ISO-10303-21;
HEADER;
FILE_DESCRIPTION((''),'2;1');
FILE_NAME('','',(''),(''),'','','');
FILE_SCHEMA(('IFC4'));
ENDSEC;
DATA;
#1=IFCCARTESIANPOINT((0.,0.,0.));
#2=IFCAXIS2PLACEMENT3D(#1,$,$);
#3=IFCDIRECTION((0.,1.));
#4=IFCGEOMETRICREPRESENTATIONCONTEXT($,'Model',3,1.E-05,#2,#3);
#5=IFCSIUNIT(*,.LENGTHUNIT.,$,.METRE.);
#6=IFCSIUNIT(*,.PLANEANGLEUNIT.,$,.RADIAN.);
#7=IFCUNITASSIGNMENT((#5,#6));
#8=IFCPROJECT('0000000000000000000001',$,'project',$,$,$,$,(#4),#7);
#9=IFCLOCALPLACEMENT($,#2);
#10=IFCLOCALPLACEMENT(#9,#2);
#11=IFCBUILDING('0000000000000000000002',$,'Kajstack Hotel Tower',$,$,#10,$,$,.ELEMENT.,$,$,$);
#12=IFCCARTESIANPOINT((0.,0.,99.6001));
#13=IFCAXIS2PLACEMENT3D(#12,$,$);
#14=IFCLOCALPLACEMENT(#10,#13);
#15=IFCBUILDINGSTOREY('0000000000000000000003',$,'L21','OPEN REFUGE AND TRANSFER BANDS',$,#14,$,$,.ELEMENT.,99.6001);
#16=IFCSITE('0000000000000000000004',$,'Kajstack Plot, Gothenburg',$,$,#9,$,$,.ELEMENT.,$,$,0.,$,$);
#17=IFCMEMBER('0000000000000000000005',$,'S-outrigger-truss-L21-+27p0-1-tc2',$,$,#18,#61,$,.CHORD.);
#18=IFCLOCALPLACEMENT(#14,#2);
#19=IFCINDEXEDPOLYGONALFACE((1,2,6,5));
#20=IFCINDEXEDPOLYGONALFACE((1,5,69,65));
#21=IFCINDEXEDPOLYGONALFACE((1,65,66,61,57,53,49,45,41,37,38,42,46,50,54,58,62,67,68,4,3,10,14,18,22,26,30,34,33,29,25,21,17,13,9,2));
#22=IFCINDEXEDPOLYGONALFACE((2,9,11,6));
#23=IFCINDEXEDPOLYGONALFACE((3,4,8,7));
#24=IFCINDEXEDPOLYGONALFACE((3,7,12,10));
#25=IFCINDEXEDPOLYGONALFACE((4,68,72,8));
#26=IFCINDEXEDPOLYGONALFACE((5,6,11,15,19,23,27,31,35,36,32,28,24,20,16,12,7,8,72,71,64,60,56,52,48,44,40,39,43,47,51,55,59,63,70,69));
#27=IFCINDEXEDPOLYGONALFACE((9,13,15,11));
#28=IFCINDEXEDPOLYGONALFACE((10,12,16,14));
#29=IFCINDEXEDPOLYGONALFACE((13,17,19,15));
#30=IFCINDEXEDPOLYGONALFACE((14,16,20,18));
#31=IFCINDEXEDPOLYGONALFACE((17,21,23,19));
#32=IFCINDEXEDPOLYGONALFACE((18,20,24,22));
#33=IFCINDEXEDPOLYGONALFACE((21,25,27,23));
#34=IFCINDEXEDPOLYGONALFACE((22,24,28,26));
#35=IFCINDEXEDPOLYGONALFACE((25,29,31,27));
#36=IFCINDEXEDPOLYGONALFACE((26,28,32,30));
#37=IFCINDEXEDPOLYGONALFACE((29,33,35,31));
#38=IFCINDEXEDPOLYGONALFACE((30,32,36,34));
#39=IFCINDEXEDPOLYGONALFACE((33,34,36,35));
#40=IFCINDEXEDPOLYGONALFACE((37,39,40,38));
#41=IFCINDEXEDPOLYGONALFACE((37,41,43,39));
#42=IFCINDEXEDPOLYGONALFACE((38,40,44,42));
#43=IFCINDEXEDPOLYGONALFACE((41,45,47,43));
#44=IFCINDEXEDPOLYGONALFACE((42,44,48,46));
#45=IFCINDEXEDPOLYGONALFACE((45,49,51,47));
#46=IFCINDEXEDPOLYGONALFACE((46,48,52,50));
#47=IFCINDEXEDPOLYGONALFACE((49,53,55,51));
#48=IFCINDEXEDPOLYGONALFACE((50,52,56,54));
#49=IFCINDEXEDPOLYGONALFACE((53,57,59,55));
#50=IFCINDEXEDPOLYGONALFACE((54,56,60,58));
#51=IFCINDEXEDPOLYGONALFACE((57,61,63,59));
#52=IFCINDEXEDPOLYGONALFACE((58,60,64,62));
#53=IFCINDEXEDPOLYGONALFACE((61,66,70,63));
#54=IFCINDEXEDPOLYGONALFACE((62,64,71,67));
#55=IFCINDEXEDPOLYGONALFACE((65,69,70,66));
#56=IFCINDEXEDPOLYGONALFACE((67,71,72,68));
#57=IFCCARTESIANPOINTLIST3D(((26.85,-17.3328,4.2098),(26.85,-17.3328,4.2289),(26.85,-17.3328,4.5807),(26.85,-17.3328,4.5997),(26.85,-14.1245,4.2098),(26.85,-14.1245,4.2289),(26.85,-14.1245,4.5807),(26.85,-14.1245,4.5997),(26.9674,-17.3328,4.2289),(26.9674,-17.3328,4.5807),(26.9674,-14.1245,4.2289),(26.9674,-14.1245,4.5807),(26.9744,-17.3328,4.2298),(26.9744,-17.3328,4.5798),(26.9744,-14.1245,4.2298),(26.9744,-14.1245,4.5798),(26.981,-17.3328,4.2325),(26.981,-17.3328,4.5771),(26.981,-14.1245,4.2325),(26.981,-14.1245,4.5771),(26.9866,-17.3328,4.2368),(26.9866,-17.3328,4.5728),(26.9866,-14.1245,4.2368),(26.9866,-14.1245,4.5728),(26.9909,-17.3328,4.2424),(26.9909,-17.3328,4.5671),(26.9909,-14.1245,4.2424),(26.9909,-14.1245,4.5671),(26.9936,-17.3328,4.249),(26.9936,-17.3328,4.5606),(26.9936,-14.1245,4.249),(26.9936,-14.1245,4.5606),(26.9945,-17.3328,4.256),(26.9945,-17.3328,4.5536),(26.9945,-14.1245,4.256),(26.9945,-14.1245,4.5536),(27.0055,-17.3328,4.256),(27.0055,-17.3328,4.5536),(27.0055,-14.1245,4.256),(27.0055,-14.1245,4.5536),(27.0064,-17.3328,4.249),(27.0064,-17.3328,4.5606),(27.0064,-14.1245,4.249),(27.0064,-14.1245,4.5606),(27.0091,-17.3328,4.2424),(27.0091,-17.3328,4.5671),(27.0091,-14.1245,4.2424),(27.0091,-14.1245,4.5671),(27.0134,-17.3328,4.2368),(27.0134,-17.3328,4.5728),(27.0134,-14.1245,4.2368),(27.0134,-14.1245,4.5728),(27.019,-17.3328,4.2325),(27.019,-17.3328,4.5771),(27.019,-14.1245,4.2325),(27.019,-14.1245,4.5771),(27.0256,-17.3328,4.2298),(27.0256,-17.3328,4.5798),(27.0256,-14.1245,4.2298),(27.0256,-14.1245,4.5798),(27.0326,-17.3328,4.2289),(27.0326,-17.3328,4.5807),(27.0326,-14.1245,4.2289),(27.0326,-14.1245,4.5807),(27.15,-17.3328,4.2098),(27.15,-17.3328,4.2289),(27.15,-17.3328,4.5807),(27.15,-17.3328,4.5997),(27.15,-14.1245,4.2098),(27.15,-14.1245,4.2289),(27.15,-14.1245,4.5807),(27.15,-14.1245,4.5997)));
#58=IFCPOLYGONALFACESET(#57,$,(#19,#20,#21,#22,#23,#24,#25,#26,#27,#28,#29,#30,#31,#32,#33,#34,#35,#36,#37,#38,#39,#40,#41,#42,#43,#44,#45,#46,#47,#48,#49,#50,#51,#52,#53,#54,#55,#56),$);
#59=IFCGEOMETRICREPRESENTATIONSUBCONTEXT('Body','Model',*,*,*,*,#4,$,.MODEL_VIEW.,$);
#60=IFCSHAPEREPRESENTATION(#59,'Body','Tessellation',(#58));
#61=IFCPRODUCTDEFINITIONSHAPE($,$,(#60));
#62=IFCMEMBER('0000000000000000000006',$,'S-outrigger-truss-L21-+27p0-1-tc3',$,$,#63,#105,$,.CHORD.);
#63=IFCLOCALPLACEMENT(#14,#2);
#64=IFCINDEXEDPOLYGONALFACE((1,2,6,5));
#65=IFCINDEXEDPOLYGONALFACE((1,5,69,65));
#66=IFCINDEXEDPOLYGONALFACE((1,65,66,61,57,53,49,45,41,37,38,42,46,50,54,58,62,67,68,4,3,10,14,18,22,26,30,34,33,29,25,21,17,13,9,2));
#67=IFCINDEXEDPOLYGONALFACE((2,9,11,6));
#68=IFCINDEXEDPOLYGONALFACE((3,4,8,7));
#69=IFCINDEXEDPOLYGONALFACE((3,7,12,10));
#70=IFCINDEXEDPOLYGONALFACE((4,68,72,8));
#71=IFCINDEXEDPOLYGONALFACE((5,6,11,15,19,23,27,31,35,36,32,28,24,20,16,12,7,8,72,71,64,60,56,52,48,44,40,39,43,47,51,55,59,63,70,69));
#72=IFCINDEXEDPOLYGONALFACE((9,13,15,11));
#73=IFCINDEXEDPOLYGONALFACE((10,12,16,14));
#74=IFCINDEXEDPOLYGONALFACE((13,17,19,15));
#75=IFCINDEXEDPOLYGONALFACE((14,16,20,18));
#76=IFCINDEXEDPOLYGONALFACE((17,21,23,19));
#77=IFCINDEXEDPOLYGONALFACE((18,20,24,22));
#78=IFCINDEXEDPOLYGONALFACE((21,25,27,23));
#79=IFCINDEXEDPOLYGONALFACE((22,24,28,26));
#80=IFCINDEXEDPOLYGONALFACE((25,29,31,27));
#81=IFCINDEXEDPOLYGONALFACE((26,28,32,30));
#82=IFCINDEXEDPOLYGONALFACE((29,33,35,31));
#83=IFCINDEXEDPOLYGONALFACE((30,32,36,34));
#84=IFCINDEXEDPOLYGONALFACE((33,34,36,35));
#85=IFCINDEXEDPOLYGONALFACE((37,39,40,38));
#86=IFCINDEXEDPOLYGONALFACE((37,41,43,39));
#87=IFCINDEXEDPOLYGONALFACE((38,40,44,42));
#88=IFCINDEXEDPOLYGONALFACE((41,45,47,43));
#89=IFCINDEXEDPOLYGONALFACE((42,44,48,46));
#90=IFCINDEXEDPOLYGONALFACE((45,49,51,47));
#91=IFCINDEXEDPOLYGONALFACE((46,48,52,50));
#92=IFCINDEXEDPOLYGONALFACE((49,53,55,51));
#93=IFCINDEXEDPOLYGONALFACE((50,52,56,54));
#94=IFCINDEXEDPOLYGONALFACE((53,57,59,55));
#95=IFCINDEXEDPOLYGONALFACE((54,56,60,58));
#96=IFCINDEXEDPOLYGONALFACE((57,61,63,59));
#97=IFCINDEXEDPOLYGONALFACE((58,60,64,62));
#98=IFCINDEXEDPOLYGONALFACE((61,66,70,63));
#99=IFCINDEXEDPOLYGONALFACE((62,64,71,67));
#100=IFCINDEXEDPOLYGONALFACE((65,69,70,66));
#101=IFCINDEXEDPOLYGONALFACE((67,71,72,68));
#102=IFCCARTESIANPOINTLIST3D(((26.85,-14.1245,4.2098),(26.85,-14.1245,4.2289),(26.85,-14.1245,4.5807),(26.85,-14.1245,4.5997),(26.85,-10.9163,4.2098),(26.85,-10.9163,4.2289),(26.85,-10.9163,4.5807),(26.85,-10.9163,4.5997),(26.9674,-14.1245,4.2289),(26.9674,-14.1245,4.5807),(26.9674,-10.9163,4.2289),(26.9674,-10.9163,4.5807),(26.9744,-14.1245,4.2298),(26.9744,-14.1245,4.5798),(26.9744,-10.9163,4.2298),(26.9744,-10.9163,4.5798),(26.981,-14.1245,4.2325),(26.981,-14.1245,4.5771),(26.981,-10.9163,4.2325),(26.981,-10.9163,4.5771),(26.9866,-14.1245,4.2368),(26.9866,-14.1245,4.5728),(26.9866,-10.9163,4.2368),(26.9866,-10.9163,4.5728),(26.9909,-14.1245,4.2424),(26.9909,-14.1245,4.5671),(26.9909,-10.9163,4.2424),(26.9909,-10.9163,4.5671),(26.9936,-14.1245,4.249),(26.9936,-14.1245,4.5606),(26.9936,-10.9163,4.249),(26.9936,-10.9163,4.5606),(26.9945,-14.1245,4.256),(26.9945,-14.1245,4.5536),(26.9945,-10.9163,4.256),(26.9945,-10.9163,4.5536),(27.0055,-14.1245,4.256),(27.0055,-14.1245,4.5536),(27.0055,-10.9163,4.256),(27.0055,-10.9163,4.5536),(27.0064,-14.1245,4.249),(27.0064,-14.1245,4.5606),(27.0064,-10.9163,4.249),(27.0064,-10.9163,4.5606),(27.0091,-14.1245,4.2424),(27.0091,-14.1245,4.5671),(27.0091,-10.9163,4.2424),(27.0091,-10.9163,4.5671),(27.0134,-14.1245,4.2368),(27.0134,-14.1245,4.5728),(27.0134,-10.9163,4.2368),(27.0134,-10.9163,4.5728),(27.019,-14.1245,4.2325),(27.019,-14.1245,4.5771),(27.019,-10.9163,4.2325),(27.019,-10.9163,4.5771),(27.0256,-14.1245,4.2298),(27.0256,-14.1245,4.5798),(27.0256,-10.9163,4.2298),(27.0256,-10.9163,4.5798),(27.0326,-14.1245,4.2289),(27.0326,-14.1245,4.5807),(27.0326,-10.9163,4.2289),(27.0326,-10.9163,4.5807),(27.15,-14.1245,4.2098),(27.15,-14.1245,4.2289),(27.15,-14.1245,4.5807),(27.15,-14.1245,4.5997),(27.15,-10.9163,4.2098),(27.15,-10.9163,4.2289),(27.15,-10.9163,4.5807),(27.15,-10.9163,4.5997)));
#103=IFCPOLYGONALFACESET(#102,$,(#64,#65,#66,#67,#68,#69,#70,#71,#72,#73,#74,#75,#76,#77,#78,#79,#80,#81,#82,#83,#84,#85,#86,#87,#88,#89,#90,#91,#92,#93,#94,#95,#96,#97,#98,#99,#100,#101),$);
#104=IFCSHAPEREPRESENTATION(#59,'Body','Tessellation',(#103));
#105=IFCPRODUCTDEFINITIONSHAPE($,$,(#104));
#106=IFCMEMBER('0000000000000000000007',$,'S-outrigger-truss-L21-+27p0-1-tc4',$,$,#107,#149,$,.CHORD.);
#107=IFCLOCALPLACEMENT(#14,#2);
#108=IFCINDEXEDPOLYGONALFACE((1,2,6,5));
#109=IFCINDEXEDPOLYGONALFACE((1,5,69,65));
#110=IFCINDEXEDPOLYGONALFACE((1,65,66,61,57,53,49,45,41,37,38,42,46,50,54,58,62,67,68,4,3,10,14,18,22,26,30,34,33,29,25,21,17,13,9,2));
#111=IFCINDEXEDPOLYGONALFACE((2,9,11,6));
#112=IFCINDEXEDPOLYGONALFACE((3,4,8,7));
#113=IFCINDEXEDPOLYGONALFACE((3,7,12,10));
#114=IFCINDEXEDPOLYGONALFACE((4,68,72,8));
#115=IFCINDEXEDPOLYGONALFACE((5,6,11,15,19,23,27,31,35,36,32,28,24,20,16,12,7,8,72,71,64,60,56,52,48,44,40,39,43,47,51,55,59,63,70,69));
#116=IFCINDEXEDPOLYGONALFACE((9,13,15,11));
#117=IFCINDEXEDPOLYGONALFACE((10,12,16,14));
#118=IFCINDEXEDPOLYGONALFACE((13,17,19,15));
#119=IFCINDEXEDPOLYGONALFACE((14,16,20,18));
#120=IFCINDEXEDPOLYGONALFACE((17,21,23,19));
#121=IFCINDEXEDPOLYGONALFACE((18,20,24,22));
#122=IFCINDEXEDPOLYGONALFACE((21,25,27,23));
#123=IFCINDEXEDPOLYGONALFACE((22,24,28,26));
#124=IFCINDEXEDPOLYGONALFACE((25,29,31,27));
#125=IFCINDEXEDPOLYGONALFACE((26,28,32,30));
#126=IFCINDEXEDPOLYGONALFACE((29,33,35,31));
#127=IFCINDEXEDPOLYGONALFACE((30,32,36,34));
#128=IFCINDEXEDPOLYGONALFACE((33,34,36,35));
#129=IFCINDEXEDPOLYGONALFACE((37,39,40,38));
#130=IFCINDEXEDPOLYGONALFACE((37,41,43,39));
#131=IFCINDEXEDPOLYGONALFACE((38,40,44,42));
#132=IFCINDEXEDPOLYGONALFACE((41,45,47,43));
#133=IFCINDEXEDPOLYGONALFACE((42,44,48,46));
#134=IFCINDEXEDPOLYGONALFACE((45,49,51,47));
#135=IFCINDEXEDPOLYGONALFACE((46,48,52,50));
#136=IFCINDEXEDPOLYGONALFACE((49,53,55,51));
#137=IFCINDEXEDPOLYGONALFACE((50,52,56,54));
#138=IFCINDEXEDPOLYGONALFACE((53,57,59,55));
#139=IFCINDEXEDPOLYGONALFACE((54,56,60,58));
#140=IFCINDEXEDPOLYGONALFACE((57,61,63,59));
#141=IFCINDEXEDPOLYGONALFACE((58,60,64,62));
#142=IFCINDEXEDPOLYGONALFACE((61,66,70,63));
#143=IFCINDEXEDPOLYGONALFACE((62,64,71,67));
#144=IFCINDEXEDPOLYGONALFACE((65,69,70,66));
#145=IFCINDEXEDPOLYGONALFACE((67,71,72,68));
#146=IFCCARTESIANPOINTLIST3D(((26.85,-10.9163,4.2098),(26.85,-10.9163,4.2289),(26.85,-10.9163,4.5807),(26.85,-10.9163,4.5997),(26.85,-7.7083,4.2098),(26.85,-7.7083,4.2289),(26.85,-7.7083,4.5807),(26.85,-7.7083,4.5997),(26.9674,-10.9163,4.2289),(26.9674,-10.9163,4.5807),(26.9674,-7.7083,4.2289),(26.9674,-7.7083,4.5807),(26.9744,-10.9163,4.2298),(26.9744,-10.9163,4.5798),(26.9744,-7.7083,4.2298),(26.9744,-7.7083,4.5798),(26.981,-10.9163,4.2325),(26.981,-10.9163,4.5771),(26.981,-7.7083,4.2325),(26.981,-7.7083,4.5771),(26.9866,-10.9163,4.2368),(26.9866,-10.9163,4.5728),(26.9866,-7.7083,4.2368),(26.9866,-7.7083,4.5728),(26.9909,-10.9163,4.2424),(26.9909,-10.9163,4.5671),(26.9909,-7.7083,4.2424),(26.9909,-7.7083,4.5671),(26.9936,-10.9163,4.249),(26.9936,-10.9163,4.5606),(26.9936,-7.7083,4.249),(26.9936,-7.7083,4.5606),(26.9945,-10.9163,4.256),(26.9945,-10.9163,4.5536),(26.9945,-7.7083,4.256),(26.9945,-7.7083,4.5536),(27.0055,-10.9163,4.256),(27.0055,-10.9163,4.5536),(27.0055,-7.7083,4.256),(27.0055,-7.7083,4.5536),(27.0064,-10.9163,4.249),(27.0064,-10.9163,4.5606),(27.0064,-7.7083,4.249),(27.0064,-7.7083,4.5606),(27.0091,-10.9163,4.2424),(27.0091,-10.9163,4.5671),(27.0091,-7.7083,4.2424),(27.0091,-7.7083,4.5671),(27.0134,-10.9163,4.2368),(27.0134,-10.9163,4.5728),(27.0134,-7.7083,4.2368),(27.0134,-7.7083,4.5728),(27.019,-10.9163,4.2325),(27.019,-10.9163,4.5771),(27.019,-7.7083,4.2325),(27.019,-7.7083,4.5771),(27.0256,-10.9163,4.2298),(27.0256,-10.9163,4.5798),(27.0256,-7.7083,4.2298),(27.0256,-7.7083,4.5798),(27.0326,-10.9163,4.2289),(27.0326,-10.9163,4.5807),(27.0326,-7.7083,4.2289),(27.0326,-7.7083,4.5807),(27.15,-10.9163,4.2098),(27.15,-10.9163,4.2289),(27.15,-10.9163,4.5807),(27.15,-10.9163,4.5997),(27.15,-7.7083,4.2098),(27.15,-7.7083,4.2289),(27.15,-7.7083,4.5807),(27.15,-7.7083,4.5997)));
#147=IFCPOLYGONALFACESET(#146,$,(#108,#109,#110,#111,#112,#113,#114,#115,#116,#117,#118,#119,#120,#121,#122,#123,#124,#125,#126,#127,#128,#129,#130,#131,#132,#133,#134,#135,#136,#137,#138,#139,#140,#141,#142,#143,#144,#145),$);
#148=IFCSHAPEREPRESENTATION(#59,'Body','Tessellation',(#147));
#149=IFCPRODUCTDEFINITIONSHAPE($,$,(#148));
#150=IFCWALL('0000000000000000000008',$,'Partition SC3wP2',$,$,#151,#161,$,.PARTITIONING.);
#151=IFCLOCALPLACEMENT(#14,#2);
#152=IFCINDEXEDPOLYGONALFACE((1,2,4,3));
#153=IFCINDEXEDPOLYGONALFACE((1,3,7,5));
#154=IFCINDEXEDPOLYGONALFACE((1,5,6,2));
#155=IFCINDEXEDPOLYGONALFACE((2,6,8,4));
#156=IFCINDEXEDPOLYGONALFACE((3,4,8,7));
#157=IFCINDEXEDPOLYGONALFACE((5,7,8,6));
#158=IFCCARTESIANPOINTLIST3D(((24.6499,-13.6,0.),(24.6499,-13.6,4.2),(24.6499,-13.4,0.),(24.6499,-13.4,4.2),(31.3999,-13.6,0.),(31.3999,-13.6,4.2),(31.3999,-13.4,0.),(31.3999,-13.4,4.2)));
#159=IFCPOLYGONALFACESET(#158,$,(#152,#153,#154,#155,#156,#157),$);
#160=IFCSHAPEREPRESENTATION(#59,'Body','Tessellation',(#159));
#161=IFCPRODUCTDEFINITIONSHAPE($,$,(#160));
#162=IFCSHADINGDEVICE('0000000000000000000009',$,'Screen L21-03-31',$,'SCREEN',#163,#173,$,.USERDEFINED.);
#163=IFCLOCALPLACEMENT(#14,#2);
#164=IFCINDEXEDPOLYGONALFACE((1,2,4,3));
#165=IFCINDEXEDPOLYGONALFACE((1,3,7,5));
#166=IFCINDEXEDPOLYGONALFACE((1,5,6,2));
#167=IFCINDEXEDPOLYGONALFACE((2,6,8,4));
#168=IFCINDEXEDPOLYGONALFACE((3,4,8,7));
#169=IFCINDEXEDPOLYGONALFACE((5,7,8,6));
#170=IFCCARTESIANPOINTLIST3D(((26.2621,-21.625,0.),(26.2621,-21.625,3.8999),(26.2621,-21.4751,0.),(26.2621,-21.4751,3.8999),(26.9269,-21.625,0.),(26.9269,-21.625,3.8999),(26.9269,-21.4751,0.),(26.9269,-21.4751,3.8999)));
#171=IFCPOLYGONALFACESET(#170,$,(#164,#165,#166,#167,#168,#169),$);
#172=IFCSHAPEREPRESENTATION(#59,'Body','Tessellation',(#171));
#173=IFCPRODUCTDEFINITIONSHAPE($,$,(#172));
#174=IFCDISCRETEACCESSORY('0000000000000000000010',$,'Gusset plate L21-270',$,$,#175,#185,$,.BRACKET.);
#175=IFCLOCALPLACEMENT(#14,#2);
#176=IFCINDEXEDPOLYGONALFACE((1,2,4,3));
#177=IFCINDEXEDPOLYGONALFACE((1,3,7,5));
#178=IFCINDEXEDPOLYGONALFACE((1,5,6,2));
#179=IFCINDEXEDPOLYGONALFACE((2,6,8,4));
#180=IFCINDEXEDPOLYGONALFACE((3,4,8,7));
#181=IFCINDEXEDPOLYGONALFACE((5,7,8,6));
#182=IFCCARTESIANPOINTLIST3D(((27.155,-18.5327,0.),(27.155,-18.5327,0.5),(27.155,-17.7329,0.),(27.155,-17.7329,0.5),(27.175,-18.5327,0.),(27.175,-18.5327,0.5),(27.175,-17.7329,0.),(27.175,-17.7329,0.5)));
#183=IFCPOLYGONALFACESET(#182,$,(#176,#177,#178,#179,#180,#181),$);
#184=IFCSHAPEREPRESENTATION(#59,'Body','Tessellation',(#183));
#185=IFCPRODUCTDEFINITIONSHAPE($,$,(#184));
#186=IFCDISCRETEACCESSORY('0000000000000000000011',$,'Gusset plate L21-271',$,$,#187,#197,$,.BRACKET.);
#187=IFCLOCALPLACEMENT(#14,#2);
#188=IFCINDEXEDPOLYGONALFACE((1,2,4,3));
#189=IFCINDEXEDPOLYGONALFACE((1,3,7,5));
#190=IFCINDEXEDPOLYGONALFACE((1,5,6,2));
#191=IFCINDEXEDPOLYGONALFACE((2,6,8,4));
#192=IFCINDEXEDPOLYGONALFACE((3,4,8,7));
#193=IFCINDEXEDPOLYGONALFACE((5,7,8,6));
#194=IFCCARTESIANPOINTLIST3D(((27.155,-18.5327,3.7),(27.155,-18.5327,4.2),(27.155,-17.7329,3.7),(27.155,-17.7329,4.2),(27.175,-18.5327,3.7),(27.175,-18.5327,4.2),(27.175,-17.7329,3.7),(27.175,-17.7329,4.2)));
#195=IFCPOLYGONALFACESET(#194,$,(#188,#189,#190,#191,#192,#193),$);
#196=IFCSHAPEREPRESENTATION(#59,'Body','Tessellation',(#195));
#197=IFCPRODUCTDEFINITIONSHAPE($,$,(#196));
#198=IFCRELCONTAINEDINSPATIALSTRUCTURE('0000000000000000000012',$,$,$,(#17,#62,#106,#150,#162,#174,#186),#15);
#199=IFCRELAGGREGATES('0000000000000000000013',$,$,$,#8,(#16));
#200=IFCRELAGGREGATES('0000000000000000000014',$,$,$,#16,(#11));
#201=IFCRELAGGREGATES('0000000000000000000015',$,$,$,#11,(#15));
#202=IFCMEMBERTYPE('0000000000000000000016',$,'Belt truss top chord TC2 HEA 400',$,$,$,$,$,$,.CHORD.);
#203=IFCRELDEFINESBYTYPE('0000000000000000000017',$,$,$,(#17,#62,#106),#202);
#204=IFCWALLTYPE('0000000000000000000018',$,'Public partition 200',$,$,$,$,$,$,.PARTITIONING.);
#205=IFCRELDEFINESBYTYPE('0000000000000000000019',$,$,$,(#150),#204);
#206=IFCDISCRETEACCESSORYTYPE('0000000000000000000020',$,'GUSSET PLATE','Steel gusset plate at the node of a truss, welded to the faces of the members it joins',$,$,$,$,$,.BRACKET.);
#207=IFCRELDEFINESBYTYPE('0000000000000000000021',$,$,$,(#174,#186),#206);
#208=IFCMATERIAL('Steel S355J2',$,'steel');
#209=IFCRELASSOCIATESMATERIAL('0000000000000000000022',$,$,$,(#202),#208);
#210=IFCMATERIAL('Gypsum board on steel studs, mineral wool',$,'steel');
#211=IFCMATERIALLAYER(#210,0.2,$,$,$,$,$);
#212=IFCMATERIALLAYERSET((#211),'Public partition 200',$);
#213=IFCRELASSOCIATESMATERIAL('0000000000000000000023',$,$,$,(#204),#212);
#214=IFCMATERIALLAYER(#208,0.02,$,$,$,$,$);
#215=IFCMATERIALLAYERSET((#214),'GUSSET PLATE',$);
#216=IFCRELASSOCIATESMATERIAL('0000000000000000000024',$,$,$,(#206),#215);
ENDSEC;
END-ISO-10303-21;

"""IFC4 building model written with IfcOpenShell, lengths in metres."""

from ifc_helpers import new_model, si_unit, direction, frame, frame_2d, origin, origin_2d, place, context, subcontext, project, spatial, polyline, rectangle, i_section, outline, extrude, material, layer, layer_set, material_profile, profile_set, type_object, element, save


model = new_model("IFC4")

# Units and contexts
model_context = context("Model", 3, precision=1e-05, world=origin(), true_north=direction((0.0, 1.0)))
body_context = subcontext(model_context, "Body", "Model", "MODEL_VIEW")
ifc_project = project(units=[si_unit("LENGTHUNIT", "METRE"), si_unit("PLANEANGLEUNIT", "RADIAN")], contexts=[model_context])

# Site, building, storey
site_placement = place(None, origin())
site = spatial("IfcSite", under=ifc_project, at=site_placement, Name="Kajstack Plot, Gothenburg", CompositionType="ELEMENT", RefElevation=0.0)
building_placement = place(site_placement, origin())
building = spatial("IfcBuilding", under=site, at=building_placement, Name="Kajstack Hotel Tower", CompositionType="ELEMENT")
storey_placement = place(building_placement, frame((0.0, 0.0, 99.6001)))
storey = spatial("IfcBuildingStorey", under=building, at=storey_placement, Name="L21", Description="OPEN REFUGE AND TRANSFER BANDS", CompositionType="ELEMENT", Elevation=99.6001)

# Members
ifc_material_1 = material(Name="Steel S355J2", Category="steel")
ifc_material_profile_1 = material_profile(ifc_material_1, i_section(OverallWidth=0.3, OverallDepth=0.3899, WebThickness=0.011, FlangeThickness=0.019, FilletRadius=0.0271, at=origin_2d()), Name="HEA 400")
ifc_profile_set_1 = profile_set([ifc_material_profile_1], Name="Steel S355J2")
member_type_1 = type_object("IfcMemberType", Name="Belt truss top chord TC2 HEA 400", PredefinedType="CHORD", material=ifc_profile_set_1)
for number, where, z_axis, x_axis, name in (
    (1, (27.0, -17.3328, 4.4048), (0.0, 1.0, 0.0), (-1.0, 0.0, 0.0), "S-outrigger-truss-L21-+27p0-1-tc2"),
    (2, (27.0, -14.1245, 4.4048), (0.0, 1.0, 0.0), (-1.0, 0.0, 0.0), "S-outrigger-truss-L21-+27p0-1-tc3"),
):
    element("IfcMember", number, at=place(storey_placement, frame(where, z_axis=z_axis, x_axis=x_axis)), inside=storey, type_object=member_type_1, Name=name, PredefinedType="CHORD", context=body_context, shape_type="SweptSolid", body=[
        extrude(i_section(OverallWidth=0.3, OverallDepth=0.3899, WebThickness=0.011, FlangeThickness=0.019, FilletRadius=0.0271, at=origin_2d()), origin(), (0.0, 0.0, 1.0), 3.2083),
    ])
member_1_placement = place(storey_placement, frame((27.0, -10.9163, 4.4048), z_axis=(0.0, 1.0, 0.0), x_axis=(-1.0, 0.0, 0.0)))
element("IfcMember", 3, at=member_1_placement, inside=storey, type_object=member_type_1, Name="S-outrigger-truss-L21-+27p0-1-tc4", PredefinedType="CHORD", context=body_context, shape_type="SweptSolid", body=[
    extrude(i_section(OverallWidth=0.3, OverallDepth=0.3899, WebThickness=0.011, FlangeThickness=0.019, FilletRadius=0.0271, at=origin_2d()), origin(), (0.0, 0.0, 1.0), 3.208),
])

# Wall
ifc_material_2 = material(Name="Gypsum board on steel studs, mineral wool", Category="steel")
ifc_layer_1 = layer(ifc_material_2, 0.2)
ifc_layer_set_1 = layer_set([ifc_layer_1], Name="Public partition 200")
wall_type = type_object("IfcWallType", Name="Public partition 200", PredefinedType="PARTITIONING", material=ifc_layer_set_1)
wall_placement = place(storey_placement, frame((24.6499, -13.5, 0.0), z_axis=(0.0, 0.0, 1.0), x_axis=(1.0, 0.0, 0.0)))
element("IfcWall", 4, at=wall_placement, inside=storey, type_object=wall_type, Name="Partition SC3wP2", PredefinedType="PARTITIONING", context=body_context, shape_type="SweptSolid", body=[
    extrude(rectangle(XDim=6.75, YDim=0.2, at=frame_2d((3.375, 0.0))), origin(), (0.0, 0.0, 1.0), 4.2),
])

# Shading device
shading_device_placement = place(storey_placement, frame((26.5945, -21.55, 0.0), z_axis=(0.0, 0.0, 1.0), x_axis=(1.0, 0.0, 0.0)))
element("IfcShadingDevice", 5, at=shading_device_placement, inside=storey, Name="Screen L21-03-31", ObjectType="SCREEN", PredefinedType="USERDEFINED", context=body_context, shape_type="SweptSolid", body=[
    extrude(rectangle(XDim=0.6648, YDim=0.1499, at=origin_2d()), origin(), (0.0, 0.0, 1.0), 3.8999),
])

# Discrete accessories
ifc_layer_2 = layer(ifc_material_1, 0.02)
ifc_layer_set_2 = layer_set([ifc_layer_2], Name="GUSSET PLATE")
discrete_accessory_type = type_object("IfcDiscreteAccessoryType", Name="GUSSET PLATE", Description="Steel gusset plate at the node of a truss, welded to the faces of the members it joins", PredefinedType="BRACKET", material=ifc_layer_set_2)
for number, where, z_axis, x_axis, name in (
    (6, (27.155, -18.1328, 0.0), (1.0, 0.0, 0.0), (0.0, 1.0, 0.0), "Gusset plate L21-270"),
    (7, (27.155, -18.1328, 3.7), (1.0, 0.0, 0.0), (0.0, 1.0, 0.0), "Gusset plate L21-271"),
):
    element("IfcDiscreteAccessory", number, at=place(storey_placement, frame(where, z_axis=z_axis, x_axis=x_axis)), inside=storey, type_object=discrete_accessory_type, Name=name, PredefinedType="BRACKET", context=body_context, shape_type="SweptSolid", body=[
        extrude(outline(polyline([(-0.3999, 0.0), (0.3999, 0.0), (0.3999, 0.5), (-0.3999, 0.5), (-0.3999, 0.0)])), origin(), (0.0, 0.0, 1.0), 0.02),
    ])

save(model, "model.ifc")
